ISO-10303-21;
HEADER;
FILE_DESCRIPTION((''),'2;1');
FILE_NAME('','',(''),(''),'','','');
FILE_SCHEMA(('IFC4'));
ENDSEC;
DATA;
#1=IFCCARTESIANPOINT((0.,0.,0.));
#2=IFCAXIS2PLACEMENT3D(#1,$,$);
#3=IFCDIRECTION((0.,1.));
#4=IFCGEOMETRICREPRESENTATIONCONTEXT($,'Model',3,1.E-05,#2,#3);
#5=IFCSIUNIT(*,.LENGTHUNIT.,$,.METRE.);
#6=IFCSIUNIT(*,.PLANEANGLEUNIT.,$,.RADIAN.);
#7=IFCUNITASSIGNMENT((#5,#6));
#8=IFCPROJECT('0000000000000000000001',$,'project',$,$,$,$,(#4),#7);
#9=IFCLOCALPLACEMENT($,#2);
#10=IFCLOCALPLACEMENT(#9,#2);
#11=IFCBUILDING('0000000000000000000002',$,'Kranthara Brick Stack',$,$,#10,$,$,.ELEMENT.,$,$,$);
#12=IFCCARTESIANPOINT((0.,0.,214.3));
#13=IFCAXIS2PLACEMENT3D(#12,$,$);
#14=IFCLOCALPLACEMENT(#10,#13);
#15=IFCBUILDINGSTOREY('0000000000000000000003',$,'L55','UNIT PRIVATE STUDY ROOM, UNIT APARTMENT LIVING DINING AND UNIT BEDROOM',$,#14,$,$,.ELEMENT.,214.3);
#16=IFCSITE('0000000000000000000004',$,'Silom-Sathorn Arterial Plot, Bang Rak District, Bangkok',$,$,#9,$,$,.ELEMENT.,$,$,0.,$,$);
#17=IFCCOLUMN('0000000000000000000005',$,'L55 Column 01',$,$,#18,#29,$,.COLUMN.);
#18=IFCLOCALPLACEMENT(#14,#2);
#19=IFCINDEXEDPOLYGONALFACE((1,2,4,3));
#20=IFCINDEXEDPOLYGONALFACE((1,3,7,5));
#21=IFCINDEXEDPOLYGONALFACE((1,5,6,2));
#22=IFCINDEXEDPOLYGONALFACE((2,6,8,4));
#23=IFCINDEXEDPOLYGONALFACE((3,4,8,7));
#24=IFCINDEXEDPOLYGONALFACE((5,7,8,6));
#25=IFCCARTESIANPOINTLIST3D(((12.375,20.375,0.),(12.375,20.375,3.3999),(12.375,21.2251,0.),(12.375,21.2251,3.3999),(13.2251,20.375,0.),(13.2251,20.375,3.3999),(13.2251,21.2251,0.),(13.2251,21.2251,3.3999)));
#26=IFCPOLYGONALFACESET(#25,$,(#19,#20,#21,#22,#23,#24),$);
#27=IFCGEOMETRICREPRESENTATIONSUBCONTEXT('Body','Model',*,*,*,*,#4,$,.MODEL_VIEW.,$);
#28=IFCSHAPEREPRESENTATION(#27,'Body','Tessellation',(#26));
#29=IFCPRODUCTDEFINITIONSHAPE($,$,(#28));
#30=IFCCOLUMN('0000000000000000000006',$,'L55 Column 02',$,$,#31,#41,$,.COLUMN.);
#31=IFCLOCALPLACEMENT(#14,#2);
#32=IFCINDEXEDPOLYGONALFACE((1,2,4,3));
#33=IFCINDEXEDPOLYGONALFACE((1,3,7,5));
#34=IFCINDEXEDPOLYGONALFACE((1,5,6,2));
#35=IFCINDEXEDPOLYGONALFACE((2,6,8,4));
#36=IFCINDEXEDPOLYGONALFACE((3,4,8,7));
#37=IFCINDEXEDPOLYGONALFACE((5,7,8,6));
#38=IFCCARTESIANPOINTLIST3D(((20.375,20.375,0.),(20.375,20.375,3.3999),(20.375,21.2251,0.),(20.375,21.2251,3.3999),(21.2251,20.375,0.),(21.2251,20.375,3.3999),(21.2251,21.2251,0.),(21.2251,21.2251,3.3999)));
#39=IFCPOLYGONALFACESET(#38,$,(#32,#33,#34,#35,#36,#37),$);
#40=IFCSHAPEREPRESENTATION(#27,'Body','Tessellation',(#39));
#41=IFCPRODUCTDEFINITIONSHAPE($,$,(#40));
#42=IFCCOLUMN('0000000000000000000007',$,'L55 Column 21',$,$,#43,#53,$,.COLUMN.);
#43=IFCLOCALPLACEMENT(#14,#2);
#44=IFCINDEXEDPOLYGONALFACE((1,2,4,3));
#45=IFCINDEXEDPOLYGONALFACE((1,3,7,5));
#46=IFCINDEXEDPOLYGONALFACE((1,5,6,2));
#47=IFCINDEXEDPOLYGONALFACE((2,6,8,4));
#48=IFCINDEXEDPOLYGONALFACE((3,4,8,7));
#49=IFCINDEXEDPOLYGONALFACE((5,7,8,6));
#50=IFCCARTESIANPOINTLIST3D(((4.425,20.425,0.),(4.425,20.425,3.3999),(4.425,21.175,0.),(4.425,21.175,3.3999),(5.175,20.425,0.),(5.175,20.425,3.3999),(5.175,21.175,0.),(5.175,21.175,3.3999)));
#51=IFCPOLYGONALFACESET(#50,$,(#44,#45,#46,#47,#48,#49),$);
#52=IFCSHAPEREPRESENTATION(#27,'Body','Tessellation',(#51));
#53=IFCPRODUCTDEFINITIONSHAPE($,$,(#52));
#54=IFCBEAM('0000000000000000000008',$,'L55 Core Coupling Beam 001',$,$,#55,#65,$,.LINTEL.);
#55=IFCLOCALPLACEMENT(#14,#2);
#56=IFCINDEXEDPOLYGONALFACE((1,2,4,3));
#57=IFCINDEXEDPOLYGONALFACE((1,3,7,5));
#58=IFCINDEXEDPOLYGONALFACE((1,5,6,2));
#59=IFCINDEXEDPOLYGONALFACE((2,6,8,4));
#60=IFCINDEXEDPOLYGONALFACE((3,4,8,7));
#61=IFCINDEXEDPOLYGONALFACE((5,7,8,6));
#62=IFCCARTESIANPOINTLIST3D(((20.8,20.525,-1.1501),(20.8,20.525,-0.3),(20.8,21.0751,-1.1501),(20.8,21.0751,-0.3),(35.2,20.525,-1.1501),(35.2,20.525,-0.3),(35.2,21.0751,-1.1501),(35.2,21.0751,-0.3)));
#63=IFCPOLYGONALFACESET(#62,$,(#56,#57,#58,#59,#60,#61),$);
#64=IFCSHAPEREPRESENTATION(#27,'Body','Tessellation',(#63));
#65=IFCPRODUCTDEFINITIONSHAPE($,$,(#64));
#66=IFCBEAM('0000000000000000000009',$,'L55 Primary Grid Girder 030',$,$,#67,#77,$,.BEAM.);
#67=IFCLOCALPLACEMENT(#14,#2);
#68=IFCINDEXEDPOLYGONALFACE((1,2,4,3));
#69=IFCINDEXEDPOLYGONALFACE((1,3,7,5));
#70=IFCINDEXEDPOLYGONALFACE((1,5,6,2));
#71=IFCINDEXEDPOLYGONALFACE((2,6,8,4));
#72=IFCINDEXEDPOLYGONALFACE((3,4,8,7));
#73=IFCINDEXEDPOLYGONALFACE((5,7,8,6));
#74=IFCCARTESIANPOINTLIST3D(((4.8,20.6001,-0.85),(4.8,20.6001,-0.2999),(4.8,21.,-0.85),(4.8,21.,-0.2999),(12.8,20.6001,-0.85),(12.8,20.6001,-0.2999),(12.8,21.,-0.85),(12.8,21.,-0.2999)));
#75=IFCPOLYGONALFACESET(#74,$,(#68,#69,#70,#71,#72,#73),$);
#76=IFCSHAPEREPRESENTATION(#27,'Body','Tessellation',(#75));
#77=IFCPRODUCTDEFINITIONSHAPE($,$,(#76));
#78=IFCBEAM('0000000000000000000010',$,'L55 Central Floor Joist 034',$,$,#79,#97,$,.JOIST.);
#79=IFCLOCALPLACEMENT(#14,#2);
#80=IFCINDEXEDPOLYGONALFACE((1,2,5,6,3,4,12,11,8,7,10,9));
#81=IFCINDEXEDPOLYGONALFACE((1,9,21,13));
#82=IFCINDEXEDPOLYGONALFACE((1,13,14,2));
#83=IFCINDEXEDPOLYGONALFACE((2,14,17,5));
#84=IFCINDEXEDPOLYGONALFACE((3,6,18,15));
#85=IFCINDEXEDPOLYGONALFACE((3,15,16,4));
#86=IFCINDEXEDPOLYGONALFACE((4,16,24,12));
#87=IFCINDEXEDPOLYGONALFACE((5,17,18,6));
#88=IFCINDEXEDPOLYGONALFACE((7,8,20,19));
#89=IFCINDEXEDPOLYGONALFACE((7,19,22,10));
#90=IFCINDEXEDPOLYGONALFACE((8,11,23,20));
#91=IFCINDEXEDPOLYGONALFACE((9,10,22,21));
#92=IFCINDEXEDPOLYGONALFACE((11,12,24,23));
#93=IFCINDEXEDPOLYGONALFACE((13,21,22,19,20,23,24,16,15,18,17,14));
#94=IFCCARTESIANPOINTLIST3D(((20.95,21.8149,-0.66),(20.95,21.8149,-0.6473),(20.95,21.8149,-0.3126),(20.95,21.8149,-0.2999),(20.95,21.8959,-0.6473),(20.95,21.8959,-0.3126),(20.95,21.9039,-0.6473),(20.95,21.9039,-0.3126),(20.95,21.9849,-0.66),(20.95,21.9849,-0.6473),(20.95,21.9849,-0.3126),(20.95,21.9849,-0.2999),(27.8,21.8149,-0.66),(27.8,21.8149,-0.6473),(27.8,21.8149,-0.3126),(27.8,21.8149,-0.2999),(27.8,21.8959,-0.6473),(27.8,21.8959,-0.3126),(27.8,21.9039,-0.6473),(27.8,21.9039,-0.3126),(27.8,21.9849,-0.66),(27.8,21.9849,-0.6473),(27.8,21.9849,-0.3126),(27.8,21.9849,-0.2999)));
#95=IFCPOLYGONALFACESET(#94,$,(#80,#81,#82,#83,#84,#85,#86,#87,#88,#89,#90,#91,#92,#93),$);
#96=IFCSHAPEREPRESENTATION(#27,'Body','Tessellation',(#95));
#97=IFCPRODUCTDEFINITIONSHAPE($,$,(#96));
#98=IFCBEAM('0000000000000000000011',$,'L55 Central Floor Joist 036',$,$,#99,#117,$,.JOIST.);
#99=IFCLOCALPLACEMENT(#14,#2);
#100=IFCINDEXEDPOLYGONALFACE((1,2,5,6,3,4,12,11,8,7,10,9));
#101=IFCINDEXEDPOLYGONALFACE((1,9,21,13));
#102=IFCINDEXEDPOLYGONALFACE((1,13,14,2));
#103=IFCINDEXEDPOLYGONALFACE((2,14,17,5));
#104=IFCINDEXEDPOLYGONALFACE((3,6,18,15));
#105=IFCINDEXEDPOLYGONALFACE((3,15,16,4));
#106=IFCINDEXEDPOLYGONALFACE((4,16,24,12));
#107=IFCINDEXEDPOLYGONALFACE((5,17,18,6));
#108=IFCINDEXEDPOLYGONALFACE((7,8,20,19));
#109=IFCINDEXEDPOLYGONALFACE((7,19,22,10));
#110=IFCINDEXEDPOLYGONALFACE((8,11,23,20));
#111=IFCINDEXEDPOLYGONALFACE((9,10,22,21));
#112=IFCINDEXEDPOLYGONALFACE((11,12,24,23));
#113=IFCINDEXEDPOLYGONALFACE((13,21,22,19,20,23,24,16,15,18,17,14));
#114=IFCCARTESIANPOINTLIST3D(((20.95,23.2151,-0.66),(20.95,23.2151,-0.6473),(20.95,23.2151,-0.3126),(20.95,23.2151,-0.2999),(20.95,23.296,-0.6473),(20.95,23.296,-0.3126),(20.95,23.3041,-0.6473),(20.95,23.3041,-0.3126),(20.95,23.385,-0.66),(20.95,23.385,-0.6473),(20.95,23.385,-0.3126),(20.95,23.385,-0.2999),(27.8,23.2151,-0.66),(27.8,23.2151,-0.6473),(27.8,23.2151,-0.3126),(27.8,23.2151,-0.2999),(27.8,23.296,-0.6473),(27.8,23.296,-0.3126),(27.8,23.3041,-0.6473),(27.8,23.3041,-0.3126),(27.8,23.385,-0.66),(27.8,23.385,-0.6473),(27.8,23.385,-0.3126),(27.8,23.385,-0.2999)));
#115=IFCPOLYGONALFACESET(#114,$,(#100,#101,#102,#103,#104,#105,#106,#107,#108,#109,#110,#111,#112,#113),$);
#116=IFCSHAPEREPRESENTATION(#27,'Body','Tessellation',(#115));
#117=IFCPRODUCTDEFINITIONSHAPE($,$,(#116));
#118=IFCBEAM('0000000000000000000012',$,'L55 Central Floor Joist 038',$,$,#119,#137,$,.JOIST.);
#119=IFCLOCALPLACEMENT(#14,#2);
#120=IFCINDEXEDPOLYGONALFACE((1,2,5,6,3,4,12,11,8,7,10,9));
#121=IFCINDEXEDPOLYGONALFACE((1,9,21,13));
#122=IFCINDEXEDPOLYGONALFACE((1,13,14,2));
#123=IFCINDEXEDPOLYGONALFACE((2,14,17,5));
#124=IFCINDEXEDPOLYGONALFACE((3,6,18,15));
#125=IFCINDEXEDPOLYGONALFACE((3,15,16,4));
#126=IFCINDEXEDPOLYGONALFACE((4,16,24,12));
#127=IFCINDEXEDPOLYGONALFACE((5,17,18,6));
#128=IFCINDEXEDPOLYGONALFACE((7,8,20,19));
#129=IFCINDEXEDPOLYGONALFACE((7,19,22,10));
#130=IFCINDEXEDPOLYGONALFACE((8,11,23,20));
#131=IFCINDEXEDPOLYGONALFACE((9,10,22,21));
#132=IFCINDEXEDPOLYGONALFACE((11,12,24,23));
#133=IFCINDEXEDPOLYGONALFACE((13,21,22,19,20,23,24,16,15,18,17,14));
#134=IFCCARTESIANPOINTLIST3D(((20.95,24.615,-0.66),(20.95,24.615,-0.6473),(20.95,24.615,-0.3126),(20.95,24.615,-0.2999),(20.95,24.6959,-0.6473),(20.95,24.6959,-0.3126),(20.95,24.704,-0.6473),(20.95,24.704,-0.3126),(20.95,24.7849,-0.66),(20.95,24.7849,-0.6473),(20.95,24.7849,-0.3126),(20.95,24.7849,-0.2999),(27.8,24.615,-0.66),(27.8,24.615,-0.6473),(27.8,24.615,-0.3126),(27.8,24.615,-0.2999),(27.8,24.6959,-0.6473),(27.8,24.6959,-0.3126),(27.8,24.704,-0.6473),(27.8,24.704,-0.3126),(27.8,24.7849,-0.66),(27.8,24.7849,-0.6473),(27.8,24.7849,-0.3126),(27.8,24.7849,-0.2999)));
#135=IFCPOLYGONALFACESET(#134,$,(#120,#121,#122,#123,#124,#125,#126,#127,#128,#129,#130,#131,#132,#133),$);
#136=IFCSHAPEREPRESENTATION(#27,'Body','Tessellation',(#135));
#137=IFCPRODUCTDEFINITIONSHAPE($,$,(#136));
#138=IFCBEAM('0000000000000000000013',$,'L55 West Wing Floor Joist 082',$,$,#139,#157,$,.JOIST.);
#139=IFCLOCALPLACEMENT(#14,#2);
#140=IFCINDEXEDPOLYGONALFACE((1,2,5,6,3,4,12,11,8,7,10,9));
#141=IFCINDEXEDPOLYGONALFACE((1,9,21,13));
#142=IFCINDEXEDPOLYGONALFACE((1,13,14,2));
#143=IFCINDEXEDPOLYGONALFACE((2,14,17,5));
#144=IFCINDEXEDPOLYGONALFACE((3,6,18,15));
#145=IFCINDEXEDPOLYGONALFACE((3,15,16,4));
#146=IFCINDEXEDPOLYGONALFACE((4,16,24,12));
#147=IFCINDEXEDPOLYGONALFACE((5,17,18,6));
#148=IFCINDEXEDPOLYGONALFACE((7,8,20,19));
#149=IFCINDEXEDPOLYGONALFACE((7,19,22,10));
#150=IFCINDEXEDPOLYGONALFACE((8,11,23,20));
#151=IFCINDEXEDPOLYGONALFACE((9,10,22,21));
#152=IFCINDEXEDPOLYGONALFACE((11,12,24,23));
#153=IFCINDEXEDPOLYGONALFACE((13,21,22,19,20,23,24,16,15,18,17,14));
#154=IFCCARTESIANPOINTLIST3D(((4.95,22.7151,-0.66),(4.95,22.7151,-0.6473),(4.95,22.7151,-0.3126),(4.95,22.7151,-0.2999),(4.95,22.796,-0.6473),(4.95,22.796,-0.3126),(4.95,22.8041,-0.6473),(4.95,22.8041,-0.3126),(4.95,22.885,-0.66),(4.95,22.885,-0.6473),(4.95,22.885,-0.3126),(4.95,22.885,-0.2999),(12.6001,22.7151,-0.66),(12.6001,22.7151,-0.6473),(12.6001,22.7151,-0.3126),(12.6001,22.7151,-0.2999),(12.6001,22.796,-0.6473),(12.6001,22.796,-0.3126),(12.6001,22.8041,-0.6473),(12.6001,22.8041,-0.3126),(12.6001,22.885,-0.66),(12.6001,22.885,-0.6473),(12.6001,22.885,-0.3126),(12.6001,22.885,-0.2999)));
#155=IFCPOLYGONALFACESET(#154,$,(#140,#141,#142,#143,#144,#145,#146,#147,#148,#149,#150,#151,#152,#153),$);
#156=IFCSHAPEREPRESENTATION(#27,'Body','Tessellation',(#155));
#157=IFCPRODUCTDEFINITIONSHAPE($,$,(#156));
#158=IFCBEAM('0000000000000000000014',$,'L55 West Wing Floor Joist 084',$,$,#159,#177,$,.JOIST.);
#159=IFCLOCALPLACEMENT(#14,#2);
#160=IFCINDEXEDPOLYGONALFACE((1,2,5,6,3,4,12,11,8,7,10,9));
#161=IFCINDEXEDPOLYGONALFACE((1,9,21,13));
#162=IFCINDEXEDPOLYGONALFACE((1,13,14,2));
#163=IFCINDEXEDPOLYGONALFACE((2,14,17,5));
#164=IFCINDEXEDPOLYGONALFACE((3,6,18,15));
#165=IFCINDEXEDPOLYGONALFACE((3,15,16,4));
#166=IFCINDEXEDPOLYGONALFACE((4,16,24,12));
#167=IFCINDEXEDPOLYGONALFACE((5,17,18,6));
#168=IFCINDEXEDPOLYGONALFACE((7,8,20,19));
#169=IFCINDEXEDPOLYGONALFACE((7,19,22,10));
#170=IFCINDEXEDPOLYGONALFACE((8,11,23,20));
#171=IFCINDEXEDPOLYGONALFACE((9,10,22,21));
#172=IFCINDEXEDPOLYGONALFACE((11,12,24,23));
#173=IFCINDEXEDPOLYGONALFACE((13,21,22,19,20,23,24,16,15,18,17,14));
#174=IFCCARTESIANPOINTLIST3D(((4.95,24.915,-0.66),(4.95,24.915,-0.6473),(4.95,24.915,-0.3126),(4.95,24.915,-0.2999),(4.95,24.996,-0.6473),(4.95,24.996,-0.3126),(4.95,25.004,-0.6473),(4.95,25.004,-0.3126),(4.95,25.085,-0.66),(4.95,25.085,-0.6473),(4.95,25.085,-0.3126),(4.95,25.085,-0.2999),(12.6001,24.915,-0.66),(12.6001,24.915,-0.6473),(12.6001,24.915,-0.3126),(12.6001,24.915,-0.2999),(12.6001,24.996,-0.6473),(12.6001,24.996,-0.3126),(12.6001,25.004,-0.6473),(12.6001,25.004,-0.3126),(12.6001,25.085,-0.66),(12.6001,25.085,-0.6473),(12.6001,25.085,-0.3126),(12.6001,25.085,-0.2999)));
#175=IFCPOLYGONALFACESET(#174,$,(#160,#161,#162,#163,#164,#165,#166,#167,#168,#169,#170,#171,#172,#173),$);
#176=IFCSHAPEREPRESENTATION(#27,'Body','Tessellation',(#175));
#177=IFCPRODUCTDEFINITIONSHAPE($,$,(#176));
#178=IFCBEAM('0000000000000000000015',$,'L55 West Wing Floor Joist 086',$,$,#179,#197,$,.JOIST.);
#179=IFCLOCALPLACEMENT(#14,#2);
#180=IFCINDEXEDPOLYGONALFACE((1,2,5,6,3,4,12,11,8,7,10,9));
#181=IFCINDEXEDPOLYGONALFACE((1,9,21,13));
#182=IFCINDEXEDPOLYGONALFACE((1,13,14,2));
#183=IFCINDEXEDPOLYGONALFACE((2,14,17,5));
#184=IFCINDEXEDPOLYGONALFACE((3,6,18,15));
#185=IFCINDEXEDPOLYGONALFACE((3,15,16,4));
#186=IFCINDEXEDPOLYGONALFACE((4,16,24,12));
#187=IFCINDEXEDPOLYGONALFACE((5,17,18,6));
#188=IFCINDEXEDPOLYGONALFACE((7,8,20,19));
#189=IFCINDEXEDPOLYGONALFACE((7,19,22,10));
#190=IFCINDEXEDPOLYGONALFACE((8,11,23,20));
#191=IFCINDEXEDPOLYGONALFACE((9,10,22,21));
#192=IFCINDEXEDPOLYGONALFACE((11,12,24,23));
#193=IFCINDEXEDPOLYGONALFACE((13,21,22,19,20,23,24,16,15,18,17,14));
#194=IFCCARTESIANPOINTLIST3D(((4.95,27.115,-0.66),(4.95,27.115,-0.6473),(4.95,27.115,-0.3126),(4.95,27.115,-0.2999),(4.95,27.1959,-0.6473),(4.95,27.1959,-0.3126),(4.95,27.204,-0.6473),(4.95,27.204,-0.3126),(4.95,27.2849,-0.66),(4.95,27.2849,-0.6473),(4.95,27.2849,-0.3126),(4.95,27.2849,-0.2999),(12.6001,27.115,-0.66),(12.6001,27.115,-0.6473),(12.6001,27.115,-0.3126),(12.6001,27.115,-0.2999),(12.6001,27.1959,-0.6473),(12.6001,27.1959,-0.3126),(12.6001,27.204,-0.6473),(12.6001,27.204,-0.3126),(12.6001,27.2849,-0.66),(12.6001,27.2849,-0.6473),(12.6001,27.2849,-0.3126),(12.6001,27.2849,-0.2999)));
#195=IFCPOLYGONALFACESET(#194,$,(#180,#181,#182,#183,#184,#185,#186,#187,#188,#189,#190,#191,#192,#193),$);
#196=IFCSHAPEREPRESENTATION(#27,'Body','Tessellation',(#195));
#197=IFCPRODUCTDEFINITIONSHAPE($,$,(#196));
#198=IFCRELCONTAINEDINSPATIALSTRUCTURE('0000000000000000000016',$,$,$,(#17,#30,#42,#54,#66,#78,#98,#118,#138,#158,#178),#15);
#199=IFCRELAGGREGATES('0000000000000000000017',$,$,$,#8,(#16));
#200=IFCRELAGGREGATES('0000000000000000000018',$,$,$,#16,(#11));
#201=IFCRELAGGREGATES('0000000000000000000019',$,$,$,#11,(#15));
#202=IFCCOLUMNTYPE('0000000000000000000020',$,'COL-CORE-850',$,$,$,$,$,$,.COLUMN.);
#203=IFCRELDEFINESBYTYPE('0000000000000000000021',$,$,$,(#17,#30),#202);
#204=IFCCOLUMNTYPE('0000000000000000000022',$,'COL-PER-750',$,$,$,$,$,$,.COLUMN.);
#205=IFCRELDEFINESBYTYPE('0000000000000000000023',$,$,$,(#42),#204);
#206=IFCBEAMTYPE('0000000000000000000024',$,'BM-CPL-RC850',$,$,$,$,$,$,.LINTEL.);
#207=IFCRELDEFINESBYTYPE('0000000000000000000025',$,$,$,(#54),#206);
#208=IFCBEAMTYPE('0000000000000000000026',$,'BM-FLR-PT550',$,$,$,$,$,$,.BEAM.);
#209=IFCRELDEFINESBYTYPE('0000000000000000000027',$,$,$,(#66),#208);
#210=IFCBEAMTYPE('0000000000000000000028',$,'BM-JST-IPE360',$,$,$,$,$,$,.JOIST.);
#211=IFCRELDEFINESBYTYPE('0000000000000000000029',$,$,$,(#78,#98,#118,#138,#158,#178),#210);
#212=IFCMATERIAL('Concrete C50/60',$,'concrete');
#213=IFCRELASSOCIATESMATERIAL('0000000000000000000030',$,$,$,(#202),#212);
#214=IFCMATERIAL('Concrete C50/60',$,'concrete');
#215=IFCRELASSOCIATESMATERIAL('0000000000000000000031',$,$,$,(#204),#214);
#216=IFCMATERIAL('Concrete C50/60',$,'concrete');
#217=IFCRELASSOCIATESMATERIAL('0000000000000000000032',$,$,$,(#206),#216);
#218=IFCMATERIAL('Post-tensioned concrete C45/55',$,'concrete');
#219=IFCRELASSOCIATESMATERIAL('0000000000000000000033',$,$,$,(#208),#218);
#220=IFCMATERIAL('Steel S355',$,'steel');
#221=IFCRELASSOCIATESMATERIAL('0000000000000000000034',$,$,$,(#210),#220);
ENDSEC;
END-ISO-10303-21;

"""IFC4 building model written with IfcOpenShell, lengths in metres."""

from ifc_helpers import new_model, si_unit, direction, frame, origin, origin_2d, place, context, subcontext, project, spatial, rectangle, i_section, extrude, material, material_profile, profile_set, type_object, element, save


model = new_model("IFC4")

# Units and contexts
model_context = context("Model", 3, precision=1e-05, world=origin(), true_north=direction((0.0, 1.0)))
body_context = subcontext(model_context, "Body", "Model", "MODEL_VIEW")
ifc_project = project(units=[si_unit("LENGTHUNIT", "METRE"), si_unit("PLANEANGLEUNIT", "RADIAN")], contexts=[model_context])

# Site, building, storey
site_placement = place(None, origin())
site = spatial("IfcSite", under=ifc_project, at=site_placement, Name="Silom-Sathorn Arterial Plot, Bang Rak District, Bangkok", CompositionType="ELEMENT", RefElevation=0.0)
building_placement = place(site_placement, origin())
building = spatial("IfcBuilding", under=site, at=building_placement, Name="Kranthara Brick Stack", CompositionType="ELEMENT")
storey_placement = place(building_placement, frame((0.0, 0.0, 214.3)))
storey = spatial("IfcBuildingStorey", under=building, at=storey_placement, Name="L55", Description="UNIT PRIVATE STUDY ROOM, UNIT APARTMENT LIVING DINING AND UNIT BEDROOM", CompositionType="ELEMENT", Elevation=214.3)

# Columns
ifc_material_1 = material(Name="Concrete C50/60", Category="concrete")
ifc_material_profile_1 = material_profile(ifc_material_1, rectangle(XDim=0.8501, YDim=0.8501, at=origin_2d()), Name="RC 850x850")
ifc_profile_set_1 = profile_set([ifc_material_profile_1], Name="Concrete C50/60")
column_type_1 = type_object("IfcColumnType", Name="COL-CORE-850", PredefinedType="COLUMN", material=ifc_profile_set_1)
for number, where, z_axis, x_axis, name in (
    (1, (12.8, 20.8, 0.0), (0.0, 0.0, 1.0), (1.0, 0.0, 0.0), "L55 Column 01"),
    (2, (20.8, 20.8, 0.0), (0.0, 0.0, 1.0), (1.0, 0.0, 0.0), "L55 Column 02"),
):
    element("IfcColumn", number, at=place(storey_placement, frame(where, z_axis=z_axis, x_axis=x_axis)), inside=storey, type_object=column_type_1, Name=name, PredefinedType="COLUMN", context=body_context, shape_type="SweptSolid", body=[
        extrude(rectangle(XDim=0.8501, YDim=0.8501, at=origin_2d()), origin(), (0.0, 0.0, 1.0), 3.3999),
    ])
ifc_material_2 = material(Name="Concrete C50/60", Category="concrete")
ifc_material_profile_2 = material_profile(ifc_material_2, rectangle(XDim=0.75, YDim=0.75, at=origin_2d()), Name="RC 750x750")
ifc_profile_set_2 = profile_set([ifc_material_profile_2], Name="Concrete C50/60")
column_type_2 = type_object("IfcColumnType", Name="COL-PER-750", PredefinedType="COLUMN", material=ifc_profile_set_2)
column_placement = place(storey_placement, frame((4.8, 20.8, 0.0), z_axis=(0.0, 0.0, 1.0), x_axis=(1.0, 0.0, 0.0)))
element("IfcColumn", 3, at=column_placement, inside=storey, type_object=column_type_2, Name="L55 Column 21", PredefinedType="COLUMN", context=body_context, shape_type="SweptSolid", body=[
    extrude(rectangle(XDim=0.75, YDim=0.75, at=origin_2d()), origin(), (0.0, 0.0, 1.0), 3.3999),
])

# Beams
ifc_material_3 = material(Name="Concrete C50/60", Category="concrete")
ifc_material_profile_3 = material_profile(ifc_material_3, rectangle(XDim=0.55, YDim=0.8501, at=origin_2d()), Name="RC 550x850")
ifc_profile_set_3 = profile_set([ifc_material_profile_3], Name="Concrete C50/60")
beam_type_1 = type_object("IfcBeamType", Name="BM-CPL-RC850", PredefinedType="LINTEL", material=ifc_profile_set_3)
beam_1_placement = place(storey_placement, frame((20.8, 20.8, -0.7251), z_axis=(1.0, 0.0, 0.0), x_axis=(0.0, 1.0, 0.0)))
element("IfcBeam", 4, at=beam_1_placement, inside=storey, type_object=beam_type_1, Name="L55 Core Coupling Beam 001", PredefinedType="LINTEL", context=body_context, shape_type="SweptSolid", body=[
    extrude(rectangle(XDim=0.55, YDim=0.8501, at=origin_2d()), origin(), (0.0, 0.0, 1.0), 14.3999),
])
ifc_material_4 = material(Name="Post-tensioned concrete C45/55", Category="concrete")
ifc_material_profile_4 = material_profile(ifc_material_4, rectangle(XDim=0.3999, YDim=0.55, at=origin_2d()), Name="PT 400x550")
ifc_profile_set_4 = profile_set([ifc_material_profile_4], Name="Post-tensioned concrete C45/55")
beam_type_2 = type_object("IfcBeamType", Name="BM-FLR-PT550", PredefinedType="BEAM", material=ifc_profile_set_4)
beam_2_placement = place(storey_placement, frame((4.8, 20.8, -0.575), z_axis=(1.0, 0.0, 0.0), x_axis=(0.0, 1.0, 0.0)))
element("IfcBeam", 5, at=beam_2_placement, inside=storey, type_object=beam_type_2, Name="L55 Primary Grid Girder 030", PredefinedType="BEAM", context=body_context, shape_type="SweptSolid", body=[
    extrude(rectangle(XDim=0.3999, YDim=0.55, at=origin_2d()), origin(), (0.0, 0.0, 1.0), 8.0),
])
ifc_material_5 = material(Name="Steel S355", Category="steel")
ifc_material_profile_5 = material_profile(ifc_material_5, i_section(OverallWidth=0.1699, OverallDepth=0.3601, WebThickness=0.0081, FlangeThickness=0.0127, at=origin_2d()), Name="IPE 360")
ifc_profile_set_5 = profile_set([ifc_material_profile_5], Name="Steel S355")
beam_type_3 = type_object("IfcBeamType", Name="BM-JST-IPE360", PredefinedType="JOIST", material=ifc_profile_set_5)
for number, where, z_axis, x_axis, name in (
    (6, (20.95, 21.8999, -0.48), (1.0, 0.0, 0.0), (0.0, 1.0, 0.0), "L55 Central Floor Joist 034"),
    (7, (20.95, 23.3, -0.48), (1.0, 0.0, 0.0), (0.0, 1.0, 0.0), "L55 Central Floor Joist 036"),
    (8, (20.95, 24.7, -0.48), (1.0, 0.0, 0.0), (0.0, 1.0, 0.0), "L55 Central Floor Joist 038"),
):
    element("IfcBeam", number, at=place(storey_placement, frame(where, z_axis=z_axis, x_axis=x_axis)), inside=storey, type_object=beam_type_3, Name=name, PredefinedType="JOIST", context=body_context, shape_type="SweptSolid", body=[
        extrude(i_section(OverallWidth=0.1699, OverallDepth=0.3601, WebThickness=0.0081, FlangeThickness=0.0127, at=origin_2d()), origin(), (0.0, 0.0, 1.0), 6.8501),
    ])
for number, where, z_axis, x_axis, name in (
    (9, (4.95, 22.8, -0.48), (1.0, 0.0, 0.0), (0.0, 1.0, 0.0), "L55 West Wing Floor Joist 082"),
    (10, (4.95, 25.0, -0.48), (1.0, 0.0, 0.0), (0.0, 1.0, 0.0), "L55 West Wing Floor Joist 084"),
    (11, (4.95, 27.2, -0.48), (1.0, 0.0, 0.0), (0.0, 1.0, 0.0), "L55 West Wing Floor Joist 086"),
):
    element("IfcBeam", number, at=place(storey_placement, frame(where, z_axis=z_axis, x_axis=x_axis)), inside=storey, type_object=beam_type_3, Name=name, PredefinedType="JOIST", context=body_context, shape_type="SweptSolid", body=[
        extrude(i_section(OverallWidth=0.1699, OverallDepth=0.3601, WebThickness=0.0081, FlangeThickness=0.0127, at=origin_2d()), origin(), (0.0, 0.0, 1.0), 7.6501),
    ])

save(model, "model.ifc")
